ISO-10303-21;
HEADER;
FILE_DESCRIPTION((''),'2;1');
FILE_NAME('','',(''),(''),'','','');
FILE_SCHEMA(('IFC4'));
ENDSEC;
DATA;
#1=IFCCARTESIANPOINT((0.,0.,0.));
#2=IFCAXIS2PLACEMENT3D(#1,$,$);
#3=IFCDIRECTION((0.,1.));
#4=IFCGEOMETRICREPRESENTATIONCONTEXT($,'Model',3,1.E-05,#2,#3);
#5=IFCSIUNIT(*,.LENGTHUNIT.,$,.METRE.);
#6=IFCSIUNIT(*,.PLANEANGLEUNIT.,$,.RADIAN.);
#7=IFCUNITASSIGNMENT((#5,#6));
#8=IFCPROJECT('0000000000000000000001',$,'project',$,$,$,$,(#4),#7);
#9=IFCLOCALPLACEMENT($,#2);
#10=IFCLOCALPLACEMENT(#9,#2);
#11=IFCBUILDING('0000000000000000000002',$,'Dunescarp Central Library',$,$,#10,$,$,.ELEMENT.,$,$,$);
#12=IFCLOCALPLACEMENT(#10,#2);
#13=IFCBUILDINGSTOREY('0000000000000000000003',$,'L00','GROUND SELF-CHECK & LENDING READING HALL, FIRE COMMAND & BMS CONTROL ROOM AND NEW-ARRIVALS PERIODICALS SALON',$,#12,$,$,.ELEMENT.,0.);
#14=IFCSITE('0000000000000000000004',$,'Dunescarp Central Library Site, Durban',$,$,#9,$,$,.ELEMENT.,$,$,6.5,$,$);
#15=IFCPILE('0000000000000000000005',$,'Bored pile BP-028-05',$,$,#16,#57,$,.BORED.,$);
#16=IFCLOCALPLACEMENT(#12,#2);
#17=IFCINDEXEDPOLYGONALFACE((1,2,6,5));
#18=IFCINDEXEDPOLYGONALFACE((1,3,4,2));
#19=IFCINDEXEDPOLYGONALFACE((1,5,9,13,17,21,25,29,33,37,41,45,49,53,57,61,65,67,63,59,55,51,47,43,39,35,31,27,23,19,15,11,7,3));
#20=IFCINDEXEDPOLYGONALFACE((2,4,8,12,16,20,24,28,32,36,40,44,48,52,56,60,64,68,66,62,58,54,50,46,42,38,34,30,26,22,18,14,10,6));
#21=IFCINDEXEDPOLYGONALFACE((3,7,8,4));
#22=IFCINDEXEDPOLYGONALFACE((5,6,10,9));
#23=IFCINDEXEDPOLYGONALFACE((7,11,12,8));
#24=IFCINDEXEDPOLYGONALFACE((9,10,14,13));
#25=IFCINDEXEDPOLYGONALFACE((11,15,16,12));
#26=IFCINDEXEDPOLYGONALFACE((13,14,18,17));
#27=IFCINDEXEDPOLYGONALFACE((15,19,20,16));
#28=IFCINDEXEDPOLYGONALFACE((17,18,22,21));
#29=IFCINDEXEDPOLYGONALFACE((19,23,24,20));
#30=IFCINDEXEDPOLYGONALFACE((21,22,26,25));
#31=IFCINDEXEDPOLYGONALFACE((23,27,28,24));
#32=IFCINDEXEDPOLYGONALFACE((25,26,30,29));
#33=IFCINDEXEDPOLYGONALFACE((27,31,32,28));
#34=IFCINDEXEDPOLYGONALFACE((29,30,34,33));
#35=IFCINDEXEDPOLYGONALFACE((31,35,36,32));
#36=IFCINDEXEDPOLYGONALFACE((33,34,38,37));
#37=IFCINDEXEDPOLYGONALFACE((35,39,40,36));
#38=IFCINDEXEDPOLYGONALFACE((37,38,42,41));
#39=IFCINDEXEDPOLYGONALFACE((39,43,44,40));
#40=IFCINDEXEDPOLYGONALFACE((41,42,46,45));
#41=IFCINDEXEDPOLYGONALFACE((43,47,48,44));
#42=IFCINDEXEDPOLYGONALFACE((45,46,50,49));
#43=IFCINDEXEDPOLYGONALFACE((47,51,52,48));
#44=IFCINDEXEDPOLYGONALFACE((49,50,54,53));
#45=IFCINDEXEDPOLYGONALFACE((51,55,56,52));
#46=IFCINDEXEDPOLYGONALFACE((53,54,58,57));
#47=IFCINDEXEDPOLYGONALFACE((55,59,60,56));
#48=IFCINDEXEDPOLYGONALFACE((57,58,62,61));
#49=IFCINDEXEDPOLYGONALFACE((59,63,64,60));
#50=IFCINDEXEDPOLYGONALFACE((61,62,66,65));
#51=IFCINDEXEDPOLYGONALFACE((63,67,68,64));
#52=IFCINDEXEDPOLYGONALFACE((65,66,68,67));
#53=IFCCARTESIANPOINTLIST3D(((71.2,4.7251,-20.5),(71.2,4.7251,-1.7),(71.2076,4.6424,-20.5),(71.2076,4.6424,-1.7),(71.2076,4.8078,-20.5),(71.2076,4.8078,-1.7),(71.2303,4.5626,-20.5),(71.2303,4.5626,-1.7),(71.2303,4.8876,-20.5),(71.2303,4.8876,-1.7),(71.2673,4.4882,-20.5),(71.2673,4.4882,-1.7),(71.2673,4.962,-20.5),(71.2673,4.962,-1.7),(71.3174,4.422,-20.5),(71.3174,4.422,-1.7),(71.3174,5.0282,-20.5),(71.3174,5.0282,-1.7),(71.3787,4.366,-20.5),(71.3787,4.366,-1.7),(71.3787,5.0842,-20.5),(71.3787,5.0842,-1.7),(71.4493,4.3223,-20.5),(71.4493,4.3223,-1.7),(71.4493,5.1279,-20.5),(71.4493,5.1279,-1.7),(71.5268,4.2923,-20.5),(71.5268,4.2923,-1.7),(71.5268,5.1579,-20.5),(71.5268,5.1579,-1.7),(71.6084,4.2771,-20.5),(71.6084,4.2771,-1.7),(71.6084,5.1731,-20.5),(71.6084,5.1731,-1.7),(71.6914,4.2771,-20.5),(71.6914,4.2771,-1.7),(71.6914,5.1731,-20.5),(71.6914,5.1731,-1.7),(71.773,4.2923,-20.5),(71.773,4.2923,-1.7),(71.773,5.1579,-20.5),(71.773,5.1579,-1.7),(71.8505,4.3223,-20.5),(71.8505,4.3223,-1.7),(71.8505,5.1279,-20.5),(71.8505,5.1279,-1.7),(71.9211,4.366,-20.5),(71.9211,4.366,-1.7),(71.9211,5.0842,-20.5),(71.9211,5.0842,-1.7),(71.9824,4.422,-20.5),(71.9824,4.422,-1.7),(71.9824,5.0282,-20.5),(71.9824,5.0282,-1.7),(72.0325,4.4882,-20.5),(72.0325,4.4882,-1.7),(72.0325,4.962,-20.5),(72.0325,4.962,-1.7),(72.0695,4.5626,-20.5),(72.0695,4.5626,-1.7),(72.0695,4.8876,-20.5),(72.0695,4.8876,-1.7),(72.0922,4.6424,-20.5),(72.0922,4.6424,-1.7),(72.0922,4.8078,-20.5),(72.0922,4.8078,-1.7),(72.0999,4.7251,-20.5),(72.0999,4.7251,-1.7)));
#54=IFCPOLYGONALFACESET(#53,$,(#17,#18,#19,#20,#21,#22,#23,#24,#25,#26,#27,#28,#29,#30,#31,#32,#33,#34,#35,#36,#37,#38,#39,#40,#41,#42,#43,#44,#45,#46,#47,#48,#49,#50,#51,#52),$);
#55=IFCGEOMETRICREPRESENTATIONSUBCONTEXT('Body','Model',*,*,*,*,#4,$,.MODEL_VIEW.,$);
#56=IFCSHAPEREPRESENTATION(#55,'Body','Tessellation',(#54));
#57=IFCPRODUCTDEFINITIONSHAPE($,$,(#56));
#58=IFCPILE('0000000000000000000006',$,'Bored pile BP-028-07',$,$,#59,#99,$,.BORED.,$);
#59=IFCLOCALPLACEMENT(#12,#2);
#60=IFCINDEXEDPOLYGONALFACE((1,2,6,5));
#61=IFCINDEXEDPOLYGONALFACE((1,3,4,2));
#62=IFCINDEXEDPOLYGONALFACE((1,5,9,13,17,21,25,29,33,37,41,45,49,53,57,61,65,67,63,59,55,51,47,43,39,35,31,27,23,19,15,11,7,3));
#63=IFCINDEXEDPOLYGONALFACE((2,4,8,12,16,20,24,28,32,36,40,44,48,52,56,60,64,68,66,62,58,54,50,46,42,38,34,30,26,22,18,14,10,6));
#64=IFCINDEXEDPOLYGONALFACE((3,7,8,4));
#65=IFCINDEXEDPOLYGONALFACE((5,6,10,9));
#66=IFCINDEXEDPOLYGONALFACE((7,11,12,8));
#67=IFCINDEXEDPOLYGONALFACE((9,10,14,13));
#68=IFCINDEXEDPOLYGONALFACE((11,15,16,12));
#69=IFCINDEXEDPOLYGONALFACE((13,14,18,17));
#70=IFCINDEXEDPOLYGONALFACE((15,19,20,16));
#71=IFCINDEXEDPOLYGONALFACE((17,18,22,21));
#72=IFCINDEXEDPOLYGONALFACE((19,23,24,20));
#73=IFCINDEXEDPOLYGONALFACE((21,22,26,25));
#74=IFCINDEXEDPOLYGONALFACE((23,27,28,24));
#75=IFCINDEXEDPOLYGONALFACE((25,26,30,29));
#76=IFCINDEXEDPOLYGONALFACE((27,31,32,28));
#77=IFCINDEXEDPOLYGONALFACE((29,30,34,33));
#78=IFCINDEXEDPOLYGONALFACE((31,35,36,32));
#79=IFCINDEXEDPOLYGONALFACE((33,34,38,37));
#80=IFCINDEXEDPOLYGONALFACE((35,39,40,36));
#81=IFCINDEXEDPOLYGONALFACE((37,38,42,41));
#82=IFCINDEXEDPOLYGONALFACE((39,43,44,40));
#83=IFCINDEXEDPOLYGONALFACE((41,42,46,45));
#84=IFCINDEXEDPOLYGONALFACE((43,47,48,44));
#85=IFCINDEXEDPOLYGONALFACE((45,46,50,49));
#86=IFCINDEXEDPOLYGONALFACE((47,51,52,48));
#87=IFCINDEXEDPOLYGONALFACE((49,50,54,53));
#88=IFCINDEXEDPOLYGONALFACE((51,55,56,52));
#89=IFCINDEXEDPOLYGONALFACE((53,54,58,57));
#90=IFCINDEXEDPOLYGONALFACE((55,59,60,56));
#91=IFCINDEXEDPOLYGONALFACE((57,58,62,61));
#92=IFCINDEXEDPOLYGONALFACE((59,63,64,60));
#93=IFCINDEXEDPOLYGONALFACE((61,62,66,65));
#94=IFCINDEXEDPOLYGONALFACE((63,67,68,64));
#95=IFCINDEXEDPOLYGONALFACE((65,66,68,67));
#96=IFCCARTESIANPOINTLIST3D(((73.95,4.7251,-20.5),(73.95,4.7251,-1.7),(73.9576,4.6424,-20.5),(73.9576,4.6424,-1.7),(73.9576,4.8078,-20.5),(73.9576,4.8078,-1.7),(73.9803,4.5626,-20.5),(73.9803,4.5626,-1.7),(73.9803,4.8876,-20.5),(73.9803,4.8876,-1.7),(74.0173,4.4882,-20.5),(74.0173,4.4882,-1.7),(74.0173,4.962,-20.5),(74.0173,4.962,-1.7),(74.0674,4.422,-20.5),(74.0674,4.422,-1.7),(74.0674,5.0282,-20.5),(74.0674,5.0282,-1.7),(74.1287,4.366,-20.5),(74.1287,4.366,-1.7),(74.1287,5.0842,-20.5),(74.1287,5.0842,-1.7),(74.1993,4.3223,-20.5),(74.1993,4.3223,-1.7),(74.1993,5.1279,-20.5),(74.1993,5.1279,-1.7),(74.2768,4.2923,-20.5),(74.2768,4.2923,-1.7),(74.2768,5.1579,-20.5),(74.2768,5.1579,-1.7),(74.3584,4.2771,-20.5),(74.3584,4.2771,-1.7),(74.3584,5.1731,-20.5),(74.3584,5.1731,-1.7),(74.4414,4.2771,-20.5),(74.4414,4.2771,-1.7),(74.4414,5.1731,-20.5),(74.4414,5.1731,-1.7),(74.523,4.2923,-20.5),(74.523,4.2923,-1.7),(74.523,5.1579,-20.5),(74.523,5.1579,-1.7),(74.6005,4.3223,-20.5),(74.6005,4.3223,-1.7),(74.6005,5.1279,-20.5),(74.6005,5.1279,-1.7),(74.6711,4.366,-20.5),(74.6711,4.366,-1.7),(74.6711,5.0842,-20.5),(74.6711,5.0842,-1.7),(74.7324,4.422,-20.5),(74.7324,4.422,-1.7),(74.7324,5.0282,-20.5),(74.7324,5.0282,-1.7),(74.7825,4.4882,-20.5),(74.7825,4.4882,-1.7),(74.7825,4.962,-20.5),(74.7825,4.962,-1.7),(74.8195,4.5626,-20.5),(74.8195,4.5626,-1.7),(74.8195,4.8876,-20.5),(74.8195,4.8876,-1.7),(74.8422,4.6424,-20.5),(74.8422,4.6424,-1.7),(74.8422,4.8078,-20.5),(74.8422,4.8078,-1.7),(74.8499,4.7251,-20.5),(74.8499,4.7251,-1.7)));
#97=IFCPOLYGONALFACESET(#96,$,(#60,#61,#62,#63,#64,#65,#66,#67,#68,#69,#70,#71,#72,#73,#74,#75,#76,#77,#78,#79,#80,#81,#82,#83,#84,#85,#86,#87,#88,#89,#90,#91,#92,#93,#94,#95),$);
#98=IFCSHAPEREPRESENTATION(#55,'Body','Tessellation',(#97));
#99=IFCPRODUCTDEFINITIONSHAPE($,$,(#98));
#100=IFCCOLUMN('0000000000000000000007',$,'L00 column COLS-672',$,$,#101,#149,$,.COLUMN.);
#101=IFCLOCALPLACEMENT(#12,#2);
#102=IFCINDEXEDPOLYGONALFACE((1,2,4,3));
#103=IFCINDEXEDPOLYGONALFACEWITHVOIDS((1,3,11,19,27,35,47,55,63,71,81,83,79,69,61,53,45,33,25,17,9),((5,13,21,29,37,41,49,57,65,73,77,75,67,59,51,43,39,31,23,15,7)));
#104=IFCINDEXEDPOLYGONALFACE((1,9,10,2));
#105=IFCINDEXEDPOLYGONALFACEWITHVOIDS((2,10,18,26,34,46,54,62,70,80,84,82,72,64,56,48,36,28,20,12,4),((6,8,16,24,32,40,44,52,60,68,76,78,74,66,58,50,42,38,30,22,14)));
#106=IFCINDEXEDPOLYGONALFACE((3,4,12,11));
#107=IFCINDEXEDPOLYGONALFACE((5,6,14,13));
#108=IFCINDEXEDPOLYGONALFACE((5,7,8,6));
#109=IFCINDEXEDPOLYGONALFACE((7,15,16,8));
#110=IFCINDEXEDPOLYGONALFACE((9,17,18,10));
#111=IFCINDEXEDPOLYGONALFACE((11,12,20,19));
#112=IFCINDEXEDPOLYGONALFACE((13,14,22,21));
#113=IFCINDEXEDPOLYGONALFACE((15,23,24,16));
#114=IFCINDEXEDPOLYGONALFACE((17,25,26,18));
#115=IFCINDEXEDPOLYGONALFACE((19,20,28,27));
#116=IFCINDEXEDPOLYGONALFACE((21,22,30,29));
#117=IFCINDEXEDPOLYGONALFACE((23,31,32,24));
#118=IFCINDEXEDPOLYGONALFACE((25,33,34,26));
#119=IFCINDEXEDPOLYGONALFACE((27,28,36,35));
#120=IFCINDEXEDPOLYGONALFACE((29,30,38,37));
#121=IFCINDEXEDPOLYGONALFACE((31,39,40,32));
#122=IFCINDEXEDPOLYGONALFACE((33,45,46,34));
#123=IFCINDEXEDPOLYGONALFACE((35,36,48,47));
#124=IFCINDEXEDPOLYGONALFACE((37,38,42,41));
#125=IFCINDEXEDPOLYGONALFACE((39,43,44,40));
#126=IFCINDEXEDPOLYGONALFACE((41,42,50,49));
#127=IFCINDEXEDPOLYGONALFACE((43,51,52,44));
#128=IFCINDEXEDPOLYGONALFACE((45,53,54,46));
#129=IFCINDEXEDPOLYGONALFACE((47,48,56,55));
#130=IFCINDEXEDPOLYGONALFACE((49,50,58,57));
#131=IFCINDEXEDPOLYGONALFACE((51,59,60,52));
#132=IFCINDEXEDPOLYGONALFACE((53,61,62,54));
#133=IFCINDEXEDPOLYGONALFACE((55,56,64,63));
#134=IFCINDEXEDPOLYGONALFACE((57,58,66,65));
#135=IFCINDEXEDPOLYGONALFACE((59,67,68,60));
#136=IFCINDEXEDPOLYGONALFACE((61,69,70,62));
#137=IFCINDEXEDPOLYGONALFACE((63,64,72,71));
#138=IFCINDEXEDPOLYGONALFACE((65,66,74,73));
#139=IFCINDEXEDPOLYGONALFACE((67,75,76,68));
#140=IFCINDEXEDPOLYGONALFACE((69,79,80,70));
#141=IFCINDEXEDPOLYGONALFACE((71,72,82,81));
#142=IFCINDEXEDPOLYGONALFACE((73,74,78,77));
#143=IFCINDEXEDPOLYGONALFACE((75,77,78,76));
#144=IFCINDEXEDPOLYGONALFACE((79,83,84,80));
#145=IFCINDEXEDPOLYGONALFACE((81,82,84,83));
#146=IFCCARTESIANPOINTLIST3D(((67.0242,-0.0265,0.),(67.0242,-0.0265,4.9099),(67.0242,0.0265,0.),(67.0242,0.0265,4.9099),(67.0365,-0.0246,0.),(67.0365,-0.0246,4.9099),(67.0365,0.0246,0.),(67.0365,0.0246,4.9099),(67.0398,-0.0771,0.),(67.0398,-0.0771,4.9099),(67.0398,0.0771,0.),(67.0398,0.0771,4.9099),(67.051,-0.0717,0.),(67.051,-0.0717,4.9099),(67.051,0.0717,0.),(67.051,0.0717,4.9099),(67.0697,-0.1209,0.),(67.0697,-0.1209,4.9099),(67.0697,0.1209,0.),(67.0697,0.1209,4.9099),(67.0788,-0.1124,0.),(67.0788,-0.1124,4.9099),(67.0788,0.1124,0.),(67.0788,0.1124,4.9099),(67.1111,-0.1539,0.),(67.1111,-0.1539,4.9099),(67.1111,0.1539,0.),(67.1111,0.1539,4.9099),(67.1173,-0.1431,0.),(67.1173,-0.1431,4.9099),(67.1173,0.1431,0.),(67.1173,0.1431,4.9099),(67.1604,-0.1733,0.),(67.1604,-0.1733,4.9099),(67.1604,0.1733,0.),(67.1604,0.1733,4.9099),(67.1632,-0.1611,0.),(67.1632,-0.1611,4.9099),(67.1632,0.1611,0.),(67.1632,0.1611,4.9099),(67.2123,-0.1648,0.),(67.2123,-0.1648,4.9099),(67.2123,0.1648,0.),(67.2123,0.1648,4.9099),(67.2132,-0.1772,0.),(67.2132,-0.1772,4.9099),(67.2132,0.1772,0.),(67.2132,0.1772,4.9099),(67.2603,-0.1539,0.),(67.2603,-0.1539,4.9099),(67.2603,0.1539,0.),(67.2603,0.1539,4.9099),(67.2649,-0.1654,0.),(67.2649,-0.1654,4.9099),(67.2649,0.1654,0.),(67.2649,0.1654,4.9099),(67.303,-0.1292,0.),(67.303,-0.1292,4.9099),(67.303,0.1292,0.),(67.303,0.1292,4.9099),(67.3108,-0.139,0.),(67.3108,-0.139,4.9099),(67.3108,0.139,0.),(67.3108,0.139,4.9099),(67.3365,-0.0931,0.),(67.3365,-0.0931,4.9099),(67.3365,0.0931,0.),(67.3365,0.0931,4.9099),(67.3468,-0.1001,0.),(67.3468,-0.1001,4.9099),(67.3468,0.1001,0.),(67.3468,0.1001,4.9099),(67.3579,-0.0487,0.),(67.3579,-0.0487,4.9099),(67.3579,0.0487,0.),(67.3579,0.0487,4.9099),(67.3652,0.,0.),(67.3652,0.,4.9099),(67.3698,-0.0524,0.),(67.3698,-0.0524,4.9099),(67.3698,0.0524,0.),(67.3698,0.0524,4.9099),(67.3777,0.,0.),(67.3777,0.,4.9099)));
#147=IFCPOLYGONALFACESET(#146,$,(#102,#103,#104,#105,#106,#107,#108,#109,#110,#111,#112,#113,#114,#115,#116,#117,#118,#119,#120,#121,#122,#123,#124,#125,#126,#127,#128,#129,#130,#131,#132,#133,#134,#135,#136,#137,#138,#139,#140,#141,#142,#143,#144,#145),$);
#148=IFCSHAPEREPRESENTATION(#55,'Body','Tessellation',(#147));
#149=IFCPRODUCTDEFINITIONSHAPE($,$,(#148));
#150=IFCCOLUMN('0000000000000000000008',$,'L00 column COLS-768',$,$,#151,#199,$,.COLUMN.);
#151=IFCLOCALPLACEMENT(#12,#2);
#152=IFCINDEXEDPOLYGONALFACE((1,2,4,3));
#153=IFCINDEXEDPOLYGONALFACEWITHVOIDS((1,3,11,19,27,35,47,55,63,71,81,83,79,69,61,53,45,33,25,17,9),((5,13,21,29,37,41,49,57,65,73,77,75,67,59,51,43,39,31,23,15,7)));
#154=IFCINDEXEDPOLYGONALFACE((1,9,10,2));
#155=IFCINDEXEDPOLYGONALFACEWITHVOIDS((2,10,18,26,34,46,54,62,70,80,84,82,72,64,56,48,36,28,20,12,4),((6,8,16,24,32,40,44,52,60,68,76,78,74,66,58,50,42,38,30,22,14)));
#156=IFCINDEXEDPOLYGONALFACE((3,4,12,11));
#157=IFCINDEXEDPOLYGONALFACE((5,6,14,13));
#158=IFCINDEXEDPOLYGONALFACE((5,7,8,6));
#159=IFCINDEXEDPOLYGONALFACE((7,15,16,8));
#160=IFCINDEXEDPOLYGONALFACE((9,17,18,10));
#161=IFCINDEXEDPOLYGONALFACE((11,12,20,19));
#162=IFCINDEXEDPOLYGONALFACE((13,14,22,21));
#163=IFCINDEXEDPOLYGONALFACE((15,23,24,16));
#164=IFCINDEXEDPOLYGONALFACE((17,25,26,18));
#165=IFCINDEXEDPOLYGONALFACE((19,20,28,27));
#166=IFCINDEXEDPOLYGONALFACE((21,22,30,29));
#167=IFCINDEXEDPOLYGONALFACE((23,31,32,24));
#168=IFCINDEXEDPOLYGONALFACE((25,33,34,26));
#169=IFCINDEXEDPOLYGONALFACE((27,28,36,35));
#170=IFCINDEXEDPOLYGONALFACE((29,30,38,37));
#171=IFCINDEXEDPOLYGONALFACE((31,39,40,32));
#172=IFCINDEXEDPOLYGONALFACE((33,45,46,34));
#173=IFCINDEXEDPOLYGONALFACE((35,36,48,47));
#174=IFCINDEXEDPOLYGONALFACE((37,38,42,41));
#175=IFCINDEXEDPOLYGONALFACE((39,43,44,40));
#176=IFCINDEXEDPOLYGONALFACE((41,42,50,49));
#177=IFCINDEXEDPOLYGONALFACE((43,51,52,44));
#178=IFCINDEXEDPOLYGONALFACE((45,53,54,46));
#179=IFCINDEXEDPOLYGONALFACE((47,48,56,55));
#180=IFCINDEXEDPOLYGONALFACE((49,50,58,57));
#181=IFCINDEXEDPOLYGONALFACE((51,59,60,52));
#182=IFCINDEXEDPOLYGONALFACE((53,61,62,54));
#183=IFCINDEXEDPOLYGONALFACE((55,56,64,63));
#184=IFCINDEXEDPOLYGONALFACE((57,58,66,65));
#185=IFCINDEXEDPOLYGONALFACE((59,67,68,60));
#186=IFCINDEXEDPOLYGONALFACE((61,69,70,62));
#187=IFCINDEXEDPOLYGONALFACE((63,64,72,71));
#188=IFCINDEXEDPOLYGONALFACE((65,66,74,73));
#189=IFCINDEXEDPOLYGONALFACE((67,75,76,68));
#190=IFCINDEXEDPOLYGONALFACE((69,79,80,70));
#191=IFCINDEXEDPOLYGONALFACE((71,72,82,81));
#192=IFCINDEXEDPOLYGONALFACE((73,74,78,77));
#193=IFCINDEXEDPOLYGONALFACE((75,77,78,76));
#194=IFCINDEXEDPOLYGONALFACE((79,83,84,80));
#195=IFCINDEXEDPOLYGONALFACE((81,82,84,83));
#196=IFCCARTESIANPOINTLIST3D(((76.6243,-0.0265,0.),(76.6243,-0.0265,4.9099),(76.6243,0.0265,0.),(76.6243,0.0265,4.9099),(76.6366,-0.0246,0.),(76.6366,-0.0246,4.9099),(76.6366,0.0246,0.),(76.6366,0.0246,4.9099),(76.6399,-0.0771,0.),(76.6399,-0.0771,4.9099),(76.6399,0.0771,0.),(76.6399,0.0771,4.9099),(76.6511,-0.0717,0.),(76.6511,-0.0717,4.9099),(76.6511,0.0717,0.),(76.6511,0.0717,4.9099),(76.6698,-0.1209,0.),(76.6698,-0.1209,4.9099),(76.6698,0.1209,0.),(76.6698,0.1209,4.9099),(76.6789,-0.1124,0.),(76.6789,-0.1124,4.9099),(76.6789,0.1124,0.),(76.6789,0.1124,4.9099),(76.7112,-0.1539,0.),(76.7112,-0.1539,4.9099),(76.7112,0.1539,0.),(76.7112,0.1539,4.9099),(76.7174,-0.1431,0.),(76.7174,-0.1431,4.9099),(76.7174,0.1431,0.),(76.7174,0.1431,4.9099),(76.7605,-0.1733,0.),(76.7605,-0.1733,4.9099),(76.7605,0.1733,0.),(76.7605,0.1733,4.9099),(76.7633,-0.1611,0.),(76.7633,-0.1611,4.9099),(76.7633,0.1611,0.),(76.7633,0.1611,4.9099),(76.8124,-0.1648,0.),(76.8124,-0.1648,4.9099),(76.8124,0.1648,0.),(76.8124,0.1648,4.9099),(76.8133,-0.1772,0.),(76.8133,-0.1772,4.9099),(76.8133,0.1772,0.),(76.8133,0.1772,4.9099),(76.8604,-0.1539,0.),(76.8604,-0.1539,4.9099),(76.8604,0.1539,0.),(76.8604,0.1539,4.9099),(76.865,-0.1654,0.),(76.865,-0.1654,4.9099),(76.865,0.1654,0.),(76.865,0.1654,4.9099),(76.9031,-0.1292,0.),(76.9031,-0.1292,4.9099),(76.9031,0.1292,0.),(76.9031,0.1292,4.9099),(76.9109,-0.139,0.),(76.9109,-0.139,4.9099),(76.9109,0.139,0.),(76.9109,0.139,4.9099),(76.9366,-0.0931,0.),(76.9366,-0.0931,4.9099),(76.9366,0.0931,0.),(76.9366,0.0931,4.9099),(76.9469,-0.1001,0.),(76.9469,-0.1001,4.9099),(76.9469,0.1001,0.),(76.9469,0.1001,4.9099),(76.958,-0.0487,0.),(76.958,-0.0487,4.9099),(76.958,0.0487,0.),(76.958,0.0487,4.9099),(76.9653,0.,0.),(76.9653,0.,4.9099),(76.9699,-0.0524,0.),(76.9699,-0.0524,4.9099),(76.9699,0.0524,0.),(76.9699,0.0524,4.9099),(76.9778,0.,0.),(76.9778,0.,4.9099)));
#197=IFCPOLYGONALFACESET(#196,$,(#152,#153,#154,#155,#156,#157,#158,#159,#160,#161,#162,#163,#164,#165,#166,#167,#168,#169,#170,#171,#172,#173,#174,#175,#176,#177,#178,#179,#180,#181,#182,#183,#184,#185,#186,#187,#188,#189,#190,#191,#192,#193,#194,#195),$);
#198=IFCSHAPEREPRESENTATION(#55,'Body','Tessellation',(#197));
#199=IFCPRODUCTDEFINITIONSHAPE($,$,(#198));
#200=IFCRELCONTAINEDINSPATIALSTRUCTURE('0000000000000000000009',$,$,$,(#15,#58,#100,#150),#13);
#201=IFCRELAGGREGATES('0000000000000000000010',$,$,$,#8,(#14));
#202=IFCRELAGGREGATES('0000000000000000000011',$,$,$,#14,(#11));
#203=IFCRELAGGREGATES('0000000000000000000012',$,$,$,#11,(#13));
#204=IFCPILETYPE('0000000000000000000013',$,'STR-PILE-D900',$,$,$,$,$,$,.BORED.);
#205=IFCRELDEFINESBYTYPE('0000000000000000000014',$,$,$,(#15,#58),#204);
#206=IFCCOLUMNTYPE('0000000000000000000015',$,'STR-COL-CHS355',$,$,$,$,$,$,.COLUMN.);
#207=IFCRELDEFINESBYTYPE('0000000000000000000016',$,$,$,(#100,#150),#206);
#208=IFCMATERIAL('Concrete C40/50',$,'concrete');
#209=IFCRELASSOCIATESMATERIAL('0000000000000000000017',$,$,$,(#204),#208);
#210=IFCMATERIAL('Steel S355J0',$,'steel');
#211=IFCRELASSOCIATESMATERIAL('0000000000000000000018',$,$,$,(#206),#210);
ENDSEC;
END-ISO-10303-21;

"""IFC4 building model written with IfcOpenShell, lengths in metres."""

from ifc_helpers import new_model, si_unit, direction, frame, origin, origin_2d, place, context, subcontext, project, spatial, circle, hollow_circle, extrude, material, material_profile, profile_set, type_object, element, save


model = new_model("IFC4")

# Units and contexts
model_context = context("Model", 3, precision=1e-05, world=origin(), true_north=direction((0.0, 1.0)))
body_context = subcontext(model_context, "Body", "Model", "MODEL_VIEW")
ifc_project = project(units=[si_unit("LENGTHUNIT", "METRE"), si_unit("PLANEANGLEUNIT", "RADIAN")], contexts=[model_context])

# Site, building, storey
site_placement = place(None, origin())
site = spatial("IfcSite", under=ifc_project, at=site_placement, Name="Dunescarp Central Library Site, Durban", CompositionType="ELEMENT", RefElevation=6.5)
building_placement = place(site_placement, origin())
building = spatial("IfcBuilding", under=site, at=building_placement, Name="Dunescarp Central Library", CompositionType="ELEMENT")
storey_placement = place(building_placement, origin())
storey = spatial("IfcBuildingStorey", under=building, at=storey_placement, Name="L00", Description="GROUND SELF-CHECK & LENDING READING HALL, FIRE COMMAND & BMS CONTROL ROOM AND NEW-ARRIVALS PERIODICALS SALON", CompositionType="ELEMENT", Elevation=0.0)

# Shared definitions
ifc_material_1 = material(Name="Concrete C40/50", Category="concrete")

# Piles
ifc_material_profile_1 = material_profile(ifc_material_1, circle(Radius=0.45, at=origin_2d()), Name="PILE D900")
ifc_profile_set_1 = profile_set([ifc_material_profile_1], Name="Concrete C40/50")
pile_type_1 = type_object("IfcPileType", Name="STR-PILE-D900", PredefinedType="BORED", material=ifc_profile_set_1)
for number, where, z_axis, x_axis, name in (
    (1, (71.6499, 4.7251, -1.7), (0.0, 0.0, -1.0), (1.0, 0.0, 0.0), "Bored pile BP-028-05"),
    (2, (74.3999, 4.7251, -1.7), (0.0, 0.0, -1.0), (1.0, 0.0, 0.0), "Bored pile BP-028-07"),
):
    element("IfcPile", number, at=place(storey_placement, frame(where, z_axis=z_axis, x_axis=x_axis)), inside=storey, type_object=pile_type_1, Name=name, PredefinedType="BORED", context=body_context, shape_type="SweptSolid", body=[
        extrude(circle(Radius=0.45, at=origin_2d()), origin(), (0.0, 0.0, 1.0), 18.8),
    ])

# Columns
ifc_material_2 = material(Name="Steel S355J0", Category="steel")
ifc_material_profile_2 = material_profile(ifc_material_2, hollow_circle(Radius=0.1777, WallThickness=0.0125, at=origin_2d()), Name="CHS 355.6x12.5")
ifc_profile_set_2 = profile_set([ifc_material_profile_2], Name="Steel S355J0")
column_type_1 = type_object("IfcColumnType", Name="STR-COL-CHS355", PredefinedType="COLUMN", material=ifc_profile_set_2)
for number, where, z_axis, x_axis, name in (
    (3, (67.2, 0.0, 0.0), (0.0, 0.0, 1.0), (1.0, 0.0, 0.0), "L00 column COLS-672"),
    (4, (76.8, 0.0, 0.0), (0.0, 0.0, 1.0), (1.0, 0.0, 0.0), "L00 column COLS-768"),
):
    element("IfcColumn", number, at=place(storey_placement, frame(where, z_axis=z_axis, x_axis=x_axis)), inside=storey, type_object=column_type_1, Name=name, PredefinedType="COLUMN", context=body_context, shape_type="SweptSolid", body=[
        extrude(hollow_circle(Radius=0.1777, WallThickness=0.0125, at=origin_2d()), origin(), (0.0, 0.0, 1.0), 4.9099),
    ])

save(model, "model.ifc")
